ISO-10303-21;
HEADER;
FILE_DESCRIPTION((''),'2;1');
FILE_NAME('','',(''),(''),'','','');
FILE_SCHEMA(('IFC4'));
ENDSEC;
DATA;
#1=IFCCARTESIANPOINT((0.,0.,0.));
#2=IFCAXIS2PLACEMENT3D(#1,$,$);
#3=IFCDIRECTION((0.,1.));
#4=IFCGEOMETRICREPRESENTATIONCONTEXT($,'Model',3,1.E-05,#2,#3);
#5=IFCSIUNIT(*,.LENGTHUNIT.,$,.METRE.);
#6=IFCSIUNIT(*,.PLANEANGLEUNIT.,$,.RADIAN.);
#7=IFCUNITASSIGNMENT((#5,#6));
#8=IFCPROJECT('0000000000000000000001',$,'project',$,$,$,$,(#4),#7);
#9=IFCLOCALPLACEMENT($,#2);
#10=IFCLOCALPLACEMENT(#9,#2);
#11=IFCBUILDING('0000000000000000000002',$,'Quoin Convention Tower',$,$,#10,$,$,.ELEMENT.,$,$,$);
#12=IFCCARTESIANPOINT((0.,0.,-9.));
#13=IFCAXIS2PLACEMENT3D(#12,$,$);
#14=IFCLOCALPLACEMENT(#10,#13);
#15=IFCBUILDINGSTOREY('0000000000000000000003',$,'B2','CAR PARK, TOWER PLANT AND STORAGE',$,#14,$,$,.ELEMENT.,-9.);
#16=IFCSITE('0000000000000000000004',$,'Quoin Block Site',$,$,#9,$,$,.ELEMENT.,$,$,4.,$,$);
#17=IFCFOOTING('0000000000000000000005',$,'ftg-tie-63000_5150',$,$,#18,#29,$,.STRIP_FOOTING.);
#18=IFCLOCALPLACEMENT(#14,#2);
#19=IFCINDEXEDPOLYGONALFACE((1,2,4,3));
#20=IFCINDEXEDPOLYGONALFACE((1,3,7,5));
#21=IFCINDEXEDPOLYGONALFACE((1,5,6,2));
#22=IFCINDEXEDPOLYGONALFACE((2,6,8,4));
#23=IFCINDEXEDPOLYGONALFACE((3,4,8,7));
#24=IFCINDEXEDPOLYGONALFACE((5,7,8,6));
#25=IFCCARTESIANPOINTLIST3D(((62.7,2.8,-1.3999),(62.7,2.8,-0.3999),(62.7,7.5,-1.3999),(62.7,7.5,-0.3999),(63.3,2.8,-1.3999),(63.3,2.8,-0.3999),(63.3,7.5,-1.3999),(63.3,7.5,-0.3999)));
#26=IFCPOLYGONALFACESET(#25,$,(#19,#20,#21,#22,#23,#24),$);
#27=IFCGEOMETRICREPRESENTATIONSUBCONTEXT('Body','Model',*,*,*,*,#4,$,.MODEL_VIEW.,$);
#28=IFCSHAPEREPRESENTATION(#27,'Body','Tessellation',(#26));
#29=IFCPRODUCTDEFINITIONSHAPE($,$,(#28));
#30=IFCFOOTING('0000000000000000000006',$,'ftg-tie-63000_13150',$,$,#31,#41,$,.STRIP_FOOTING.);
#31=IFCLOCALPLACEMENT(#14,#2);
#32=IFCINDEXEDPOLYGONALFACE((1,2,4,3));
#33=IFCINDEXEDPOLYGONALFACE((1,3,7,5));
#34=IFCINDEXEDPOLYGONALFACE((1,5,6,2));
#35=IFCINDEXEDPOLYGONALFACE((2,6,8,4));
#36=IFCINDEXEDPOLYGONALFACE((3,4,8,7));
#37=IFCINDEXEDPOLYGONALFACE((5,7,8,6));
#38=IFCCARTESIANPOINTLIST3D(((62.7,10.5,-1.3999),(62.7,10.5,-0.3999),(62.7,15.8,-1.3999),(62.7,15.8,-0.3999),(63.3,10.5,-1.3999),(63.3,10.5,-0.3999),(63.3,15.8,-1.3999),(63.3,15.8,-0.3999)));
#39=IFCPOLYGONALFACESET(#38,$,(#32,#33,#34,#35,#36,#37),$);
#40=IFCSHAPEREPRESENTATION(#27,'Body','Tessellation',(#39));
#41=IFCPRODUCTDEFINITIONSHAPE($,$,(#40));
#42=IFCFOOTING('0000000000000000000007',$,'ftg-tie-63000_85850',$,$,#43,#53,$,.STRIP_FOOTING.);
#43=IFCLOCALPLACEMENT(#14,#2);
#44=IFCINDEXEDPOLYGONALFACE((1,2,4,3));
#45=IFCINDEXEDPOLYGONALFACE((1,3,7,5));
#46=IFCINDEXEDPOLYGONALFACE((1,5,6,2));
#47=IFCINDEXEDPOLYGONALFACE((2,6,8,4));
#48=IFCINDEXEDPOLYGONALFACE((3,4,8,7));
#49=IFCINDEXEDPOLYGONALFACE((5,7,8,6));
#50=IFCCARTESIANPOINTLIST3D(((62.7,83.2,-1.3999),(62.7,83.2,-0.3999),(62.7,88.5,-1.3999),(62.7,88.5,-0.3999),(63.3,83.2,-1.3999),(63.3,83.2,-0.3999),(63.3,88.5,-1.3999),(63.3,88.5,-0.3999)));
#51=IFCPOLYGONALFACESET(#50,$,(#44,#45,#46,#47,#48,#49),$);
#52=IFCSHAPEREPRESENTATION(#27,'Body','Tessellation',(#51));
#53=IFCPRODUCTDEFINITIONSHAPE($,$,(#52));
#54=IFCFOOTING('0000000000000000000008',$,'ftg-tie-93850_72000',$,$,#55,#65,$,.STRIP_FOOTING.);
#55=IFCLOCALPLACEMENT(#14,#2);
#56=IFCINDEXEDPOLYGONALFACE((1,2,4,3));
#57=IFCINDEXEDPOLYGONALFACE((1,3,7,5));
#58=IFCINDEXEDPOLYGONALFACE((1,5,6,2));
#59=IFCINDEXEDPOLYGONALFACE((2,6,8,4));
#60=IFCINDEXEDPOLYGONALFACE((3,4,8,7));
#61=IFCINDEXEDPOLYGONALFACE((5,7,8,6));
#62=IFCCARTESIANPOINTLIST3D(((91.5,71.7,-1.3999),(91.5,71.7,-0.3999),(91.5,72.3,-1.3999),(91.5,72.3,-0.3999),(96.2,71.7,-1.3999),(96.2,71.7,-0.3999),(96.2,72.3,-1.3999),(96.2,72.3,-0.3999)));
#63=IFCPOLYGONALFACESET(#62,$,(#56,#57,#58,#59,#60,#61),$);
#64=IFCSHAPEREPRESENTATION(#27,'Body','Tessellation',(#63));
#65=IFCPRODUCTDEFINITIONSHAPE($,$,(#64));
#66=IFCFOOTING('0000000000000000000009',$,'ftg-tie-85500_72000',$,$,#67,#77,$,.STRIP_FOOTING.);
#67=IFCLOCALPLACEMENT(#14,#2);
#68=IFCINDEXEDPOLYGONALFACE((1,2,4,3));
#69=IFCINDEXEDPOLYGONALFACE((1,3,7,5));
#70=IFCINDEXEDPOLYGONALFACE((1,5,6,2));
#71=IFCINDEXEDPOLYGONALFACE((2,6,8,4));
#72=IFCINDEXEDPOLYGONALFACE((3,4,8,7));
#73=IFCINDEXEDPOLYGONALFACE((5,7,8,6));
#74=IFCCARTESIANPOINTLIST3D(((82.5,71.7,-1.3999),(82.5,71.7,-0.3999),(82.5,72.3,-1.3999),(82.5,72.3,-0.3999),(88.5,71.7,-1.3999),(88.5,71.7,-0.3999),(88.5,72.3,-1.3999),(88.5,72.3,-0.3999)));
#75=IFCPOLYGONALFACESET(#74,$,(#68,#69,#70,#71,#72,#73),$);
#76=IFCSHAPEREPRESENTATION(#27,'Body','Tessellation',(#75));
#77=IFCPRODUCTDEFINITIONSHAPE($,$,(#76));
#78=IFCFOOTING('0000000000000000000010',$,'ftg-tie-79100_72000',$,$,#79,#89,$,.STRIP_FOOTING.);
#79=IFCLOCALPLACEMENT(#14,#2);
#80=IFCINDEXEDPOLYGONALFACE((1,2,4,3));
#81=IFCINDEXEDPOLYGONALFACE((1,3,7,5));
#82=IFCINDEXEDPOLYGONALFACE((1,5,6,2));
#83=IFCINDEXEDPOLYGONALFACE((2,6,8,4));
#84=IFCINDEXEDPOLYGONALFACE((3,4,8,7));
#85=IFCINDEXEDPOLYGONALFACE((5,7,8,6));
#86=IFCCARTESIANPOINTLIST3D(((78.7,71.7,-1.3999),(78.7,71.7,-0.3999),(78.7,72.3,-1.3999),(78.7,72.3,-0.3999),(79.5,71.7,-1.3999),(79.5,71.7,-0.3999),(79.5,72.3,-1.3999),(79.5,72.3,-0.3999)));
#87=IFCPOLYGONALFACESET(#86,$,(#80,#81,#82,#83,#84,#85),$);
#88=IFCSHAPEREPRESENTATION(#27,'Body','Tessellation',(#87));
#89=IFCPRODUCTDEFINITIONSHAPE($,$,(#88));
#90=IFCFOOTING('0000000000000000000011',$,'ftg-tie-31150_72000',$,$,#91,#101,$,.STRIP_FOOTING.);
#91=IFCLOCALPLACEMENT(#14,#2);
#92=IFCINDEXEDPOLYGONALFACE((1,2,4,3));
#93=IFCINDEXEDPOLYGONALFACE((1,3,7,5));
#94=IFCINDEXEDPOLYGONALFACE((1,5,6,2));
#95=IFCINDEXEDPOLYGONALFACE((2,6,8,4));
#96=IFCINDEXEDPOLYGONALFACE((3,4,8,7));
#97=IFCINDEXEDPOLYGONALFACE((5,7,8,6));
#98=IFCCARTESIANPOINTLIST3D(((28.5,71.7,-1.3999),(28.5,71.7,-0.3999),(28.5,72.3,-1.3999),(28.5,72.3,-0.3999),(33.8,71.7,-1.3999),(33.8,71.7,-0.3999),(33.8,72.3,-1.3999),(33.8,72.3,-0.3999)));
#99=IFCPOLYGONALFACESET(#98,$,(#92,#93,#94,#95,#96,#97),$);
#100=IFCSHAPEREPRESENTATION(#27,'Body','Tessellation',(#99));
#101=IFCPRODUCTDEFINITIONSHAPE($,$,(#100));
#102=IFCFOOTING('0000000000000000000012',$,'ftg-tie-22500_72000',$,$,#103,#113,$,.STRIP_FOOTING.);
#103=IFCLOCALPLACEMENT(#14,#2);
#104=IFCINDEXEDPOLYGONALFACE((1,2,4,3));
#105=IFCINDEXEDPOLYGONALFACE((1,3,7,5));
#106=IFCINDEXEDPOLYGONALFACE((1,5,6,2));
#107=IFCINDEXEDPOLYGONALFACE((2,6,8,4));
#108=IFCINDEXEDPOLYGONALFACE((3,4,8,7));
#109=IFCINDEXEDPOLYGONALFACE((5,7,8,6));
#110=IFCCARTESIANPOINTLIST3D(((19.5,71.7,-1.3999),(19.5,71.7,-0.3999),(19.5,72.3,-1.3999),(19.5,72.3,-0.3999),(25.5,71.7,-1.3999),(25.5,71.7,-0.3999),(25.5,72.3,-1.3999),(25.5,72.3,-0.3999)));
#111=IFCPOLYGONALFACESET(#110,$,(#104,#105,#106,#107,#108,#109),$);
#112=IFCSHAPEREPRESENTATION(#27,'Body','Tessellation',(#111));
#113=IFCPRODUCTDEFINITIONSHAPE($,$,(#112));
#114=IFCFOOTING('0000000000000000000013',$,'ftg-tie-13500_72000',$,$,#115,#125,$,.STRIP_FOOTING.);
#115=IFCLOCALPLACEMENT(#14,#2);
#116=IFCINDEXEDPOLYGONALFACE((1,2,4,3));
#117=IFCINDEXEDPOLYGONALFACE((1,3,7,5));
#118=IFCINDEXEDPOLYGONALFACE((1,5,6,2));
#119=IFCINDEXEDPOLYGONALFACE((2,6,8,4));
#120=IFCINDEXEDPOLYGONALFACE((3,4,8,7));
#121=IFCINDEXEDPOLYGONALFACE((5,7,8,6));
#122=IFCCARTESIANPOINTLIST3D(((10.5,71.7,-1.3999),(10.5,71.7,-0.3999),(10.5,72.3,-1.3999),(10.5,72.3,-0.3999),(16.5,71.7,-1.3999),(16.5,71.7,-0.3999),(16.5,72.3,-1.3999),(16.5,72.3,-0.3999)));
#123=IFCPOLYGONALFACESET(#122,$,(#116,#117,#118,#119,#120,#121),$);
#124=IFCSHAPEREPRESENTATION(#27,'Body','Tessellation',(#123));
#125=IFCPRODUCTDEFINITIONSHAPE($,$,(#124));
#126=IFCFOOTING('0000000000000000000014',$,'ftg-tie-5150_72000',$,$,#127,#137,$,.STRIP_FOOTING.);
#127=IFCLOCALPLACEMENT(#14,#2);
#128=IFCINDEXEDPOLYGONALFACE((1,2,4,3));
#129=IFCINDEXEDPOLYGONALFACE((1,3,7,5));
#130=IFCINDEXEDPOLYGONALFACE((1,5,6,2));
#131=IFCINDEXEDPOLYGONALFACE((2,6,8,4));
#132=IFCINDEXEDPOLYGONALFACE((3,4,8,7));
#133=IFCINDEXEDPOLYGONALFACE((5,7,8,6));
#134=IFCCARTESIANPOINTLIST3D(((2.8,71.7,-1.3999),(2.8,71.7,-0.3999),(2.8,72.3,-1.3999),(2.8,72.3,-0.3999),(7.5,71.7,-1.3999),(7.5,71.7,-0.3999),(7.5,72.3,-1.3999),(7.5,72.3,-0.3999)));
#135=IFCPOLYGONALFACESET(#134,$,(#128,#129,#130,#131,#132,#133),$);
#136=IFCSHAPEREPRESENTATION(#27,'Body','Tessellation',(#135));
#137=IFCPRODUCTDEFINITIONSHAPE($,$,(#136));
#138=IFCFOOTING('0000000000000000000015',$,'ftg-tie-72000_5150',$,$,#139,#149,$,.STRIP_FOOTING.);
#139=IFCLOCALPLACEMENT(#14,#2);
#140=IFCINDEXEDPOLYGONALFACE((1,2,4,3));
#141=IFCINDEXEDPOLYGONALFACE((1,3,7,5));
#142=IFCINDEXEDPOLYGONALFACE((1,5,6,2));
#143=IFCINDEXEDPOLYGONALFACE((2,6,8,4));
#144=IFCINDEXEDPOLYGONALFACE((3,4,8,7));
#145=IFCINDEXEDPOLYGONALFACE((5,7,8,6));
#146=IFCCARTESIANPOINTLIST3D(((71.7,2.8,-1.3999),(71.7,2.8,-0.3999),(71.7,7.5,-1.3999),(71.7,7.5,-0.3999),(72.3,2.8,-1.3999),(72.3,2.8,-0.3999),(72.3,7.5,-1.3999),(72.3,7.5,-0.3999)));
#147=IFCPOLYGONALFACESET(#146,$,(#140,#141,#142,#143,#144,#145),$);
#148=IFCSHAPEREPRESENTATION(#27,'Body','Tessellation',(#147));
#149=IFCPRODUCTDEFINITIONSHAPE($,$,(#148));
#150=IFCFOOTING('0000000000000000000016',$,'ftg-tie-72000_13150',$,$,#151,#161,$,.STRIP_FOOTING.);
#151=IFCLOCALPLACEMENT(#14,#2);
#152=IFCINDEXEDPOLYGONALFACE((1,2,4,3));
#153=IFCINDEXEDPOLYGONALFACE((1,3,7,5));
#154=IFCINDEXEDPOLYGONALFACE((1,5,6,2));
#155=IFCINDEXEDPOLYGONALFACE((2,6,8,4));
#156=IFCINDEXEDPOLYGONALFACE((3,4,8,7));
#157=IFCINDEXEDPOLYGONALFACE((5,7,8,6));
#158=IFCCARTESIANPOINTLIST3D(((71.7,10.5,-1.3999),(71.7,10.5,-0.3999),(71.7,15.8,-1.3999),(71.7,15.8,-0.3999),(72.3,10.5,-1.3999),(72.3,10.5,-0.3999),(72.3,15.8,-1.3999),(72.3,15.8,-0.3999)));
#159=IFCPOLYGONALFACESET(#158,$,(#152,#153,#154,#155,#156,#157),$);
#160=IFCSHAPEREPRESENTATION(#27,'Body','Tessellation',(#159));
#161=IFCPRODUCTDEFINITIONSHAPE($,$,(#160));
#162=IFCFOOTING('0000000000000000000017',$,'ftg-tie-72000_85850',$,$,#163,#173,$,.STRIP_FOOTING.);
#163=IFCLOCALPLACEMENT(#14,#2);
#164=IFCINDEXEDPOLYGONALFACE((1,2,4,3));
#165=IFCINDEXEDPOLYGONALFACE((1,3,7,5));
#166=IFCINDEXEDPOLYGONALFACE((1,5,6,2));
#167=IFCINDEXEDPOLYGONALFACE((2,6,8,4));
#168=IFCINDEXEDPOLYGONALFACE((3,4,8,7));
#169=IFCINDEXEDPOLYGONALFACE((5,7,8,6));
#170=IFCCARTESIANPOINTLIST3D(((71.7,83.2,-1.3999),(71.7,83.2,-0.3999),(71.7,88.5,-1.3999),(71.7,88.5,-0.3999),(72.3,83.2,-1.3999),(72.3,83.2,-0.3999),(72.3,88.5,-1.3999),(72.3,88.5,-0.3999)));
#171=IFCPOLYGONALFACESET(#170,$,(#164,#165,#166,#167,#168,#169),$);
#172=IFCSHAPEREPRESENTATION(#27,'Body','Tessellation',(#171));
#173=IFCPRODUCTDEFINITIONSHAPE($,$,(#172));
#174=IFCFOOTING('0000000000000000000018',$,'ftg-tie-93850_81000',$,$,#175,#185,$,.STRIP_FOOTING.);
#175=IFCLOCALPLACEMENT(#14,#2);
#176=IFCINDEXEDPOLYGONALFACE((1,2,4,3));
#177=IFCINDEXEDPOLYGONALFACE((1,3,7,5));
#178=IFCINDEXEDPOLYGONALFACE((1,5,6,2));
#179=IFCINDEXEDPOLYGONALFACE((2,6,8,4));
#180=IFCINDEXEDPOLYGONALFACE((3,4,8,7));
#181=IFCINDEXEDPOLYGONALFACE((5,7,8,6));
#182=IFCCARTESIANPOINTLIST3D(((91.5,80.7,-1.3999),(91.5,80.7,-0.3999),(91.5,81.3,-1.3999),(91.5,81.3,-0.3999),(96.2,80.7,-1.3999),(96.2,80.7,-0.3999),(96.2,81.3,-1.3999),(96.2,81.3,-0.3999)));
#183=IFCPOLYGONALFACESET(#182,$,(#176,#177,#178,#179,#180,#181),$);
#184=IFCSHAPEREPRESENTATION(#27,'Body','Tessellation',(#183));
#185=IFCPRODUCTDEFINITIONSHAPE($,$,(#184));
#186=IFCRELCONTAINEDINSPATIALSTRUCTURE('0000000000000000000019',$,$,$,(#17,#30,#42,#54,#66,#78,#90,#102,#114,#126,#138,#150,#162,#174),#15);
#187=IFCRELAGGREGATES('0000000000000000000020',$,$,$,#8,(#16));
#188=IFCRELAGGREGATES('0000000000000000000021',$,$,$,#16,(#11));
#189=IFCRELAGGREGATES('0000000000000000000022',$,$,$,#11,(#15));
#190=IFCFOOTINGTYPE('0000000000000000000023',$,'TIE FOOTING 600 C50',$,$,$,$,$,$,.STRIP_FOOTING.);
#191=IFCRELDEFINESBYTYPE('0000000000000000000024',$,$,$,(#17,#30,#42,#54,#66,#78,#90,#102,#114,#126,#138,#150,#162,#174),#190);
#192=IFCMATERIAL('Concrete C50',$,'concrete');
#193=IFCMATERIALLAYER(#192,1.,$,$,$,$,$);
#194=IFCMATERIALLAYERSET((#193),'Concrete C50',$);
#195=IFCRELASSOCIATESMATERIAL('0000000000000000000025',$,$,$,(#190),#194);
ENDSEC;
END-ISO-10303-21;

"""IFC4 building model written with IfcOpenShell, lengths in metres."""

from ifc_helpers import new_model, si_unit, direction, frame, origin, place, context, subcontext, project, spatial, polyline, outline, extrude, material, layer, layer_set, type_object, element, save


model = new_model("IFC4")

# Units and contexts
model_context = context("Model", 3, precision=1e-05, world=origin(), true_north=direction((0.0, 1.0)))
body_context = subcontext(model_context, "Body", "Model", "MODEL_VIEW")
ifc_project = project(units=[si_unit("LENGTHUNIT", "METRE"), si_unit("PLANEANGLEUNIT", "RADIAN")], contexts=[model_context])

# Site, building, storey
site_placement = place(None, origin())
site = spatial("IfcSite", under=ifc_project, at=site_placement, Name="Quoin Block Site", CompositionType="ELEMENT", RefElevation=4.0)
building_placement = place(site_placement, origin())
building = spatial("IfcBuilding", under=site, at=building_placement, Name="Quoin Convention Tower", CompositionType="ELEMENT")
storey_placement = place(building_placement, frame((0.0, 0.0, -9.0)))
storey = spatial("IfcBuildingStorey", under=building, at=storey_placement, Name="B2", Description="CAR PARK, TOWER PLANT AND STORAGE", CompositionType="ELEMENT", Elevation=-9.0)

# Footings
ifc_material = material(Name="Concrete C50", Category="concrete")
ifc_layer = layer(ifc_material, 1.0)
ifc_layer_set = layer_set([ifc_layer], Name="Concrete C50")
footing_type = type_object("IfcFootingType", Name="TIE FOOTING 600 C50", PredefinedType="STRIP_FOOTING", material=ifc_layer_set)
footing_1_placement = place(storey_placement, frame((0.0, 0.0, -1.3999)))
element("IfcFooting", 1, at=footing_1_placement, inside=storey, type_object=footing_type, Name="ftg-tie-63000_5150", PredefinedType="STRIP_FOOTING", context=body_context, shape_type="SweptSolid", body=[
    extrude(outline(polyline([(63.3, 7.5), (63.3, 2.8), (62.7, 2.8), (62.7, 7.5), (63.3, 7.5)])), origin(), (0.0, 0.0, 1.0), 1.0),
])
footing_2_placement = place(storey_placement, frame((0.0, 0.0, -1.3999)))
element("IfcFooting", 2, at=footing_2_placement, inside=storey, type_object=footing_type, Name="ftg-tie-63000_13150", PredefinedType="STRIP_FOOTING", context=body_context, shape_type="SweptSolid", body=[
    extrude(outline(polyline([(63.3, 15.8), (63.3, 10.5), (62.7, 10.5), (62.7, 15.8), (63.3, 15.8)])), origin(), (0.0, 0.0, 1.0), 1.0),
])
footing_3_placement = place(storey_placement, frame((0.0, 0.0, -1.3999)))
element("IfcFooting", 3, at=footing_3_placement, inside=storey, type_object=footing_type, Name="ftg-tie-63000_85850", PredefinedType="STRIP_FOOTING", context=body_context, shape_type="SweptSolid", body=[
    extrude(outline(polyline([(63.3, 88.5), (63.3, 83.2), (62.7, 83.2), (62.7, 88.5), (63.3, 88.5)])), origin(), (0.0, 0.0, 1.0), 1.0),
])
footing_4_placement = place(storey_placement, frame((0.0, 0.0, -1.3999)))
element("IfcFooting", 4, at=footing_4_placement, inside=storey, type_object=footing_type, Name="ftg-tie-93850_72000", PredefinedType="STRIP_FOOTING", context=body_context, shape_type="SweptSolid", body=[
    extrude(outline(polyline([(91.5, 71.7), (91.5, 72.3), (96.2, 72.3), (96.2, 71.7), (91.5, 71.7)])), origin(), (0.0, 0.0, 1.0), 1.0),
])
footing_5_placement = place(storey_placement, frame((0.0, 0.0, -1.3999)))
element("IfcFooting", 5, at=footing_5_placement, inside=storey, type_object=footing_type, Name="ftg-tie-85500_72000", PredefinedType="STRIP_FOOTING", context=body_context, shape_type="SweptSolid", body=[
    extrude(outline(polyline([(82.5, 71.7), (82.5, 72.3), (88.5, 72.3), (88.5, 71.7), (82.5, 71.7)])), origin(), (0.0, 0.0, 1.0), 1.0),
])
footing_6_placement = place(storey_placement, frame((0.0, 0.0, -1.3999)))
element("IfcFooting", 6, at=footing_6_placement, inside=storey, type_object=footing_type, Name="ftg-tie-79100_72000", PredefinedType="STRIP_FOOTING", context=body_context, shape_type="SweptSolid", body=[
    extrude(outline(polyline([(78.7, 71.7), (78.7, 72.3), (79.5, 72.3), (79.5, 71.7), (78.7, 71.7)])), origin(), (0.0, 0.0, 1.0), 1.0),
])
footing_7_placement = place(storey_placement, frame((0.0, 0.0, -1.3999)))
element("IfcFooting", 7, at=footing_7_placement, inside=storey, type_object=footing_type, Name="ftg-tie-31150_72000", PredefinedType="STRIP_FOOTING", context=body_context, shape_type="SweptSolid", body=[
    extrude(outline(polyline([(28.5, 71.7), (28.5, 72.3), (33.8, 72.3), (33.8, 71.7), (28.5, 71.7)])), origin(), (0.0, 0.0, 1.0), 1.0),
])
footing_8_placement = place(storey_placement, frame((0.0, 0.0, -1.3999)))
element("IfcFooting", 8, at=footing_8_placement, inside=storey, type_object=footing_type, Name="ftg-tie-22500_72000", PredefinedType="STRIP_FOOTING", context=body_context, shape_type="SweptSolid", body=[
    extrude(outline(polyline([(19.5, 71.7), (19.5, 72.3), (25.5, 72.3), (25.5, 71.7), (19.5, 71.7)])), origin(), (0.0, 0.0, 1.0), 1.0),
])
footing_9_placement = place(storey_placement, frame((0.0, 0.0, -1.3999)))
element("IfcFooting", 9, at=footing_9_placement, inside=storey, type_object=footing_type, Name="ftg-tie-13500_72000", PredefinedType="STRIP_FOOTING", context=body_context, shape_type="SweptSolid", body=[
    extrude(outline(polyline([(10.5, 71.7), (10.5, 72.3), (16.5, 72.3), (16.5, 71.7), (10.5, 71.7)])), origin(), (0.0, 0.0, 1.0), 1.0),
])
footing_10_placement = place(storey_placement, frame((0.0, 0.0, -1.3999)))
element("IfcFooting", 10, at=footing_10_placement, inside=storey, type_object=footing_type, Name="ftg-tie-5150_72000", PredefinedType="STRIP_FOOTING", context=body_context, shape_type="SweptSolid", body=[
    extrude(outline(polyline([(2.8, 71.7), (2.8, 72.3), (7.5, 72.3), (7.5, 71.7), (2.8, 71.7)])), origin(), (0.0, 0.0, 1.0), 1.0),
])
footing_11_placement = place(storey_placement, frame((0.0, 0.0, -1.3999)))
element("IfcFooting", 11, at=footing_11_placement, inside=storey, type_object=footing_type, Name="ftg-tie-72000_5150", PredefinedType="STRIP_FOOTING", context=body_context, shape_type="SweptSolid", body=[
    extrude(outline(polyline([(71.7, 2.8), (71.7, 7.5), (72.3, 7.5), (72.3, 2.8), (71.7, 2.8)])), origin(), (0.0, 0.0, 1.0), 1.0),
])
footing_12_placement = place(storey_placement, frame((0.0, 0.0, -1.3999)))
element("IfcFooting", 12, at=footing_12_placement, inside=storey, type_object=footing_type, Name="ftg-tie-72000_13150", PredefinedType="STRIP_FOOTING", context=body_context, shape_type="SweptSolid", body=[
    extrude(outline(polyline([(71.7, 10.5), (71.7, 15.8), (72.3, 15.8), (72.3, 10.5), (71.7, 10.5)])), origin(), (0.0, 0.0, 1.0), 1.0),
])
footing_13_placement = place(storey_placement, frame((0.0, 0.0, -1.3999)))
element("IfcFooting", 13, at=footing_13_placement, inside=storey, type_object=footing_type, Name="ftg-tie-72000_85850", PredefinedType="STRIP_FOOTING", context=body_context, shape_type="SweptSolid", body=[
    extrude(outline(polyline([(71.7, 83.2), (71.7, 88.5), (72.3, 88.5), (72.3, 83.2), (71.7, 83.2)])), origin(), (0.0, 0.0, 1.0), 1.0),
])
footing_14_placement = place(storey_placement, frame((0.0, 0.0, -1.3999)))
element("IfcFooting", 14, at=footing_14_placement, inside=storey, type_object=footing_type, Name="ftg-tie-93850_81000", PredefinedType="STRIP_FOOTING", context=body_context, shape_type="SweptSolid", body=[
    extrude(outline(polyline([(96.2, 81.3), (96.2, 80.7), (91.5, 80.7), (91.5, 81.3), (96.2, 81.3)])), origin(), (0.0, 0.0, 1.0), 1.0),
])

save(model, "model.ifc")
